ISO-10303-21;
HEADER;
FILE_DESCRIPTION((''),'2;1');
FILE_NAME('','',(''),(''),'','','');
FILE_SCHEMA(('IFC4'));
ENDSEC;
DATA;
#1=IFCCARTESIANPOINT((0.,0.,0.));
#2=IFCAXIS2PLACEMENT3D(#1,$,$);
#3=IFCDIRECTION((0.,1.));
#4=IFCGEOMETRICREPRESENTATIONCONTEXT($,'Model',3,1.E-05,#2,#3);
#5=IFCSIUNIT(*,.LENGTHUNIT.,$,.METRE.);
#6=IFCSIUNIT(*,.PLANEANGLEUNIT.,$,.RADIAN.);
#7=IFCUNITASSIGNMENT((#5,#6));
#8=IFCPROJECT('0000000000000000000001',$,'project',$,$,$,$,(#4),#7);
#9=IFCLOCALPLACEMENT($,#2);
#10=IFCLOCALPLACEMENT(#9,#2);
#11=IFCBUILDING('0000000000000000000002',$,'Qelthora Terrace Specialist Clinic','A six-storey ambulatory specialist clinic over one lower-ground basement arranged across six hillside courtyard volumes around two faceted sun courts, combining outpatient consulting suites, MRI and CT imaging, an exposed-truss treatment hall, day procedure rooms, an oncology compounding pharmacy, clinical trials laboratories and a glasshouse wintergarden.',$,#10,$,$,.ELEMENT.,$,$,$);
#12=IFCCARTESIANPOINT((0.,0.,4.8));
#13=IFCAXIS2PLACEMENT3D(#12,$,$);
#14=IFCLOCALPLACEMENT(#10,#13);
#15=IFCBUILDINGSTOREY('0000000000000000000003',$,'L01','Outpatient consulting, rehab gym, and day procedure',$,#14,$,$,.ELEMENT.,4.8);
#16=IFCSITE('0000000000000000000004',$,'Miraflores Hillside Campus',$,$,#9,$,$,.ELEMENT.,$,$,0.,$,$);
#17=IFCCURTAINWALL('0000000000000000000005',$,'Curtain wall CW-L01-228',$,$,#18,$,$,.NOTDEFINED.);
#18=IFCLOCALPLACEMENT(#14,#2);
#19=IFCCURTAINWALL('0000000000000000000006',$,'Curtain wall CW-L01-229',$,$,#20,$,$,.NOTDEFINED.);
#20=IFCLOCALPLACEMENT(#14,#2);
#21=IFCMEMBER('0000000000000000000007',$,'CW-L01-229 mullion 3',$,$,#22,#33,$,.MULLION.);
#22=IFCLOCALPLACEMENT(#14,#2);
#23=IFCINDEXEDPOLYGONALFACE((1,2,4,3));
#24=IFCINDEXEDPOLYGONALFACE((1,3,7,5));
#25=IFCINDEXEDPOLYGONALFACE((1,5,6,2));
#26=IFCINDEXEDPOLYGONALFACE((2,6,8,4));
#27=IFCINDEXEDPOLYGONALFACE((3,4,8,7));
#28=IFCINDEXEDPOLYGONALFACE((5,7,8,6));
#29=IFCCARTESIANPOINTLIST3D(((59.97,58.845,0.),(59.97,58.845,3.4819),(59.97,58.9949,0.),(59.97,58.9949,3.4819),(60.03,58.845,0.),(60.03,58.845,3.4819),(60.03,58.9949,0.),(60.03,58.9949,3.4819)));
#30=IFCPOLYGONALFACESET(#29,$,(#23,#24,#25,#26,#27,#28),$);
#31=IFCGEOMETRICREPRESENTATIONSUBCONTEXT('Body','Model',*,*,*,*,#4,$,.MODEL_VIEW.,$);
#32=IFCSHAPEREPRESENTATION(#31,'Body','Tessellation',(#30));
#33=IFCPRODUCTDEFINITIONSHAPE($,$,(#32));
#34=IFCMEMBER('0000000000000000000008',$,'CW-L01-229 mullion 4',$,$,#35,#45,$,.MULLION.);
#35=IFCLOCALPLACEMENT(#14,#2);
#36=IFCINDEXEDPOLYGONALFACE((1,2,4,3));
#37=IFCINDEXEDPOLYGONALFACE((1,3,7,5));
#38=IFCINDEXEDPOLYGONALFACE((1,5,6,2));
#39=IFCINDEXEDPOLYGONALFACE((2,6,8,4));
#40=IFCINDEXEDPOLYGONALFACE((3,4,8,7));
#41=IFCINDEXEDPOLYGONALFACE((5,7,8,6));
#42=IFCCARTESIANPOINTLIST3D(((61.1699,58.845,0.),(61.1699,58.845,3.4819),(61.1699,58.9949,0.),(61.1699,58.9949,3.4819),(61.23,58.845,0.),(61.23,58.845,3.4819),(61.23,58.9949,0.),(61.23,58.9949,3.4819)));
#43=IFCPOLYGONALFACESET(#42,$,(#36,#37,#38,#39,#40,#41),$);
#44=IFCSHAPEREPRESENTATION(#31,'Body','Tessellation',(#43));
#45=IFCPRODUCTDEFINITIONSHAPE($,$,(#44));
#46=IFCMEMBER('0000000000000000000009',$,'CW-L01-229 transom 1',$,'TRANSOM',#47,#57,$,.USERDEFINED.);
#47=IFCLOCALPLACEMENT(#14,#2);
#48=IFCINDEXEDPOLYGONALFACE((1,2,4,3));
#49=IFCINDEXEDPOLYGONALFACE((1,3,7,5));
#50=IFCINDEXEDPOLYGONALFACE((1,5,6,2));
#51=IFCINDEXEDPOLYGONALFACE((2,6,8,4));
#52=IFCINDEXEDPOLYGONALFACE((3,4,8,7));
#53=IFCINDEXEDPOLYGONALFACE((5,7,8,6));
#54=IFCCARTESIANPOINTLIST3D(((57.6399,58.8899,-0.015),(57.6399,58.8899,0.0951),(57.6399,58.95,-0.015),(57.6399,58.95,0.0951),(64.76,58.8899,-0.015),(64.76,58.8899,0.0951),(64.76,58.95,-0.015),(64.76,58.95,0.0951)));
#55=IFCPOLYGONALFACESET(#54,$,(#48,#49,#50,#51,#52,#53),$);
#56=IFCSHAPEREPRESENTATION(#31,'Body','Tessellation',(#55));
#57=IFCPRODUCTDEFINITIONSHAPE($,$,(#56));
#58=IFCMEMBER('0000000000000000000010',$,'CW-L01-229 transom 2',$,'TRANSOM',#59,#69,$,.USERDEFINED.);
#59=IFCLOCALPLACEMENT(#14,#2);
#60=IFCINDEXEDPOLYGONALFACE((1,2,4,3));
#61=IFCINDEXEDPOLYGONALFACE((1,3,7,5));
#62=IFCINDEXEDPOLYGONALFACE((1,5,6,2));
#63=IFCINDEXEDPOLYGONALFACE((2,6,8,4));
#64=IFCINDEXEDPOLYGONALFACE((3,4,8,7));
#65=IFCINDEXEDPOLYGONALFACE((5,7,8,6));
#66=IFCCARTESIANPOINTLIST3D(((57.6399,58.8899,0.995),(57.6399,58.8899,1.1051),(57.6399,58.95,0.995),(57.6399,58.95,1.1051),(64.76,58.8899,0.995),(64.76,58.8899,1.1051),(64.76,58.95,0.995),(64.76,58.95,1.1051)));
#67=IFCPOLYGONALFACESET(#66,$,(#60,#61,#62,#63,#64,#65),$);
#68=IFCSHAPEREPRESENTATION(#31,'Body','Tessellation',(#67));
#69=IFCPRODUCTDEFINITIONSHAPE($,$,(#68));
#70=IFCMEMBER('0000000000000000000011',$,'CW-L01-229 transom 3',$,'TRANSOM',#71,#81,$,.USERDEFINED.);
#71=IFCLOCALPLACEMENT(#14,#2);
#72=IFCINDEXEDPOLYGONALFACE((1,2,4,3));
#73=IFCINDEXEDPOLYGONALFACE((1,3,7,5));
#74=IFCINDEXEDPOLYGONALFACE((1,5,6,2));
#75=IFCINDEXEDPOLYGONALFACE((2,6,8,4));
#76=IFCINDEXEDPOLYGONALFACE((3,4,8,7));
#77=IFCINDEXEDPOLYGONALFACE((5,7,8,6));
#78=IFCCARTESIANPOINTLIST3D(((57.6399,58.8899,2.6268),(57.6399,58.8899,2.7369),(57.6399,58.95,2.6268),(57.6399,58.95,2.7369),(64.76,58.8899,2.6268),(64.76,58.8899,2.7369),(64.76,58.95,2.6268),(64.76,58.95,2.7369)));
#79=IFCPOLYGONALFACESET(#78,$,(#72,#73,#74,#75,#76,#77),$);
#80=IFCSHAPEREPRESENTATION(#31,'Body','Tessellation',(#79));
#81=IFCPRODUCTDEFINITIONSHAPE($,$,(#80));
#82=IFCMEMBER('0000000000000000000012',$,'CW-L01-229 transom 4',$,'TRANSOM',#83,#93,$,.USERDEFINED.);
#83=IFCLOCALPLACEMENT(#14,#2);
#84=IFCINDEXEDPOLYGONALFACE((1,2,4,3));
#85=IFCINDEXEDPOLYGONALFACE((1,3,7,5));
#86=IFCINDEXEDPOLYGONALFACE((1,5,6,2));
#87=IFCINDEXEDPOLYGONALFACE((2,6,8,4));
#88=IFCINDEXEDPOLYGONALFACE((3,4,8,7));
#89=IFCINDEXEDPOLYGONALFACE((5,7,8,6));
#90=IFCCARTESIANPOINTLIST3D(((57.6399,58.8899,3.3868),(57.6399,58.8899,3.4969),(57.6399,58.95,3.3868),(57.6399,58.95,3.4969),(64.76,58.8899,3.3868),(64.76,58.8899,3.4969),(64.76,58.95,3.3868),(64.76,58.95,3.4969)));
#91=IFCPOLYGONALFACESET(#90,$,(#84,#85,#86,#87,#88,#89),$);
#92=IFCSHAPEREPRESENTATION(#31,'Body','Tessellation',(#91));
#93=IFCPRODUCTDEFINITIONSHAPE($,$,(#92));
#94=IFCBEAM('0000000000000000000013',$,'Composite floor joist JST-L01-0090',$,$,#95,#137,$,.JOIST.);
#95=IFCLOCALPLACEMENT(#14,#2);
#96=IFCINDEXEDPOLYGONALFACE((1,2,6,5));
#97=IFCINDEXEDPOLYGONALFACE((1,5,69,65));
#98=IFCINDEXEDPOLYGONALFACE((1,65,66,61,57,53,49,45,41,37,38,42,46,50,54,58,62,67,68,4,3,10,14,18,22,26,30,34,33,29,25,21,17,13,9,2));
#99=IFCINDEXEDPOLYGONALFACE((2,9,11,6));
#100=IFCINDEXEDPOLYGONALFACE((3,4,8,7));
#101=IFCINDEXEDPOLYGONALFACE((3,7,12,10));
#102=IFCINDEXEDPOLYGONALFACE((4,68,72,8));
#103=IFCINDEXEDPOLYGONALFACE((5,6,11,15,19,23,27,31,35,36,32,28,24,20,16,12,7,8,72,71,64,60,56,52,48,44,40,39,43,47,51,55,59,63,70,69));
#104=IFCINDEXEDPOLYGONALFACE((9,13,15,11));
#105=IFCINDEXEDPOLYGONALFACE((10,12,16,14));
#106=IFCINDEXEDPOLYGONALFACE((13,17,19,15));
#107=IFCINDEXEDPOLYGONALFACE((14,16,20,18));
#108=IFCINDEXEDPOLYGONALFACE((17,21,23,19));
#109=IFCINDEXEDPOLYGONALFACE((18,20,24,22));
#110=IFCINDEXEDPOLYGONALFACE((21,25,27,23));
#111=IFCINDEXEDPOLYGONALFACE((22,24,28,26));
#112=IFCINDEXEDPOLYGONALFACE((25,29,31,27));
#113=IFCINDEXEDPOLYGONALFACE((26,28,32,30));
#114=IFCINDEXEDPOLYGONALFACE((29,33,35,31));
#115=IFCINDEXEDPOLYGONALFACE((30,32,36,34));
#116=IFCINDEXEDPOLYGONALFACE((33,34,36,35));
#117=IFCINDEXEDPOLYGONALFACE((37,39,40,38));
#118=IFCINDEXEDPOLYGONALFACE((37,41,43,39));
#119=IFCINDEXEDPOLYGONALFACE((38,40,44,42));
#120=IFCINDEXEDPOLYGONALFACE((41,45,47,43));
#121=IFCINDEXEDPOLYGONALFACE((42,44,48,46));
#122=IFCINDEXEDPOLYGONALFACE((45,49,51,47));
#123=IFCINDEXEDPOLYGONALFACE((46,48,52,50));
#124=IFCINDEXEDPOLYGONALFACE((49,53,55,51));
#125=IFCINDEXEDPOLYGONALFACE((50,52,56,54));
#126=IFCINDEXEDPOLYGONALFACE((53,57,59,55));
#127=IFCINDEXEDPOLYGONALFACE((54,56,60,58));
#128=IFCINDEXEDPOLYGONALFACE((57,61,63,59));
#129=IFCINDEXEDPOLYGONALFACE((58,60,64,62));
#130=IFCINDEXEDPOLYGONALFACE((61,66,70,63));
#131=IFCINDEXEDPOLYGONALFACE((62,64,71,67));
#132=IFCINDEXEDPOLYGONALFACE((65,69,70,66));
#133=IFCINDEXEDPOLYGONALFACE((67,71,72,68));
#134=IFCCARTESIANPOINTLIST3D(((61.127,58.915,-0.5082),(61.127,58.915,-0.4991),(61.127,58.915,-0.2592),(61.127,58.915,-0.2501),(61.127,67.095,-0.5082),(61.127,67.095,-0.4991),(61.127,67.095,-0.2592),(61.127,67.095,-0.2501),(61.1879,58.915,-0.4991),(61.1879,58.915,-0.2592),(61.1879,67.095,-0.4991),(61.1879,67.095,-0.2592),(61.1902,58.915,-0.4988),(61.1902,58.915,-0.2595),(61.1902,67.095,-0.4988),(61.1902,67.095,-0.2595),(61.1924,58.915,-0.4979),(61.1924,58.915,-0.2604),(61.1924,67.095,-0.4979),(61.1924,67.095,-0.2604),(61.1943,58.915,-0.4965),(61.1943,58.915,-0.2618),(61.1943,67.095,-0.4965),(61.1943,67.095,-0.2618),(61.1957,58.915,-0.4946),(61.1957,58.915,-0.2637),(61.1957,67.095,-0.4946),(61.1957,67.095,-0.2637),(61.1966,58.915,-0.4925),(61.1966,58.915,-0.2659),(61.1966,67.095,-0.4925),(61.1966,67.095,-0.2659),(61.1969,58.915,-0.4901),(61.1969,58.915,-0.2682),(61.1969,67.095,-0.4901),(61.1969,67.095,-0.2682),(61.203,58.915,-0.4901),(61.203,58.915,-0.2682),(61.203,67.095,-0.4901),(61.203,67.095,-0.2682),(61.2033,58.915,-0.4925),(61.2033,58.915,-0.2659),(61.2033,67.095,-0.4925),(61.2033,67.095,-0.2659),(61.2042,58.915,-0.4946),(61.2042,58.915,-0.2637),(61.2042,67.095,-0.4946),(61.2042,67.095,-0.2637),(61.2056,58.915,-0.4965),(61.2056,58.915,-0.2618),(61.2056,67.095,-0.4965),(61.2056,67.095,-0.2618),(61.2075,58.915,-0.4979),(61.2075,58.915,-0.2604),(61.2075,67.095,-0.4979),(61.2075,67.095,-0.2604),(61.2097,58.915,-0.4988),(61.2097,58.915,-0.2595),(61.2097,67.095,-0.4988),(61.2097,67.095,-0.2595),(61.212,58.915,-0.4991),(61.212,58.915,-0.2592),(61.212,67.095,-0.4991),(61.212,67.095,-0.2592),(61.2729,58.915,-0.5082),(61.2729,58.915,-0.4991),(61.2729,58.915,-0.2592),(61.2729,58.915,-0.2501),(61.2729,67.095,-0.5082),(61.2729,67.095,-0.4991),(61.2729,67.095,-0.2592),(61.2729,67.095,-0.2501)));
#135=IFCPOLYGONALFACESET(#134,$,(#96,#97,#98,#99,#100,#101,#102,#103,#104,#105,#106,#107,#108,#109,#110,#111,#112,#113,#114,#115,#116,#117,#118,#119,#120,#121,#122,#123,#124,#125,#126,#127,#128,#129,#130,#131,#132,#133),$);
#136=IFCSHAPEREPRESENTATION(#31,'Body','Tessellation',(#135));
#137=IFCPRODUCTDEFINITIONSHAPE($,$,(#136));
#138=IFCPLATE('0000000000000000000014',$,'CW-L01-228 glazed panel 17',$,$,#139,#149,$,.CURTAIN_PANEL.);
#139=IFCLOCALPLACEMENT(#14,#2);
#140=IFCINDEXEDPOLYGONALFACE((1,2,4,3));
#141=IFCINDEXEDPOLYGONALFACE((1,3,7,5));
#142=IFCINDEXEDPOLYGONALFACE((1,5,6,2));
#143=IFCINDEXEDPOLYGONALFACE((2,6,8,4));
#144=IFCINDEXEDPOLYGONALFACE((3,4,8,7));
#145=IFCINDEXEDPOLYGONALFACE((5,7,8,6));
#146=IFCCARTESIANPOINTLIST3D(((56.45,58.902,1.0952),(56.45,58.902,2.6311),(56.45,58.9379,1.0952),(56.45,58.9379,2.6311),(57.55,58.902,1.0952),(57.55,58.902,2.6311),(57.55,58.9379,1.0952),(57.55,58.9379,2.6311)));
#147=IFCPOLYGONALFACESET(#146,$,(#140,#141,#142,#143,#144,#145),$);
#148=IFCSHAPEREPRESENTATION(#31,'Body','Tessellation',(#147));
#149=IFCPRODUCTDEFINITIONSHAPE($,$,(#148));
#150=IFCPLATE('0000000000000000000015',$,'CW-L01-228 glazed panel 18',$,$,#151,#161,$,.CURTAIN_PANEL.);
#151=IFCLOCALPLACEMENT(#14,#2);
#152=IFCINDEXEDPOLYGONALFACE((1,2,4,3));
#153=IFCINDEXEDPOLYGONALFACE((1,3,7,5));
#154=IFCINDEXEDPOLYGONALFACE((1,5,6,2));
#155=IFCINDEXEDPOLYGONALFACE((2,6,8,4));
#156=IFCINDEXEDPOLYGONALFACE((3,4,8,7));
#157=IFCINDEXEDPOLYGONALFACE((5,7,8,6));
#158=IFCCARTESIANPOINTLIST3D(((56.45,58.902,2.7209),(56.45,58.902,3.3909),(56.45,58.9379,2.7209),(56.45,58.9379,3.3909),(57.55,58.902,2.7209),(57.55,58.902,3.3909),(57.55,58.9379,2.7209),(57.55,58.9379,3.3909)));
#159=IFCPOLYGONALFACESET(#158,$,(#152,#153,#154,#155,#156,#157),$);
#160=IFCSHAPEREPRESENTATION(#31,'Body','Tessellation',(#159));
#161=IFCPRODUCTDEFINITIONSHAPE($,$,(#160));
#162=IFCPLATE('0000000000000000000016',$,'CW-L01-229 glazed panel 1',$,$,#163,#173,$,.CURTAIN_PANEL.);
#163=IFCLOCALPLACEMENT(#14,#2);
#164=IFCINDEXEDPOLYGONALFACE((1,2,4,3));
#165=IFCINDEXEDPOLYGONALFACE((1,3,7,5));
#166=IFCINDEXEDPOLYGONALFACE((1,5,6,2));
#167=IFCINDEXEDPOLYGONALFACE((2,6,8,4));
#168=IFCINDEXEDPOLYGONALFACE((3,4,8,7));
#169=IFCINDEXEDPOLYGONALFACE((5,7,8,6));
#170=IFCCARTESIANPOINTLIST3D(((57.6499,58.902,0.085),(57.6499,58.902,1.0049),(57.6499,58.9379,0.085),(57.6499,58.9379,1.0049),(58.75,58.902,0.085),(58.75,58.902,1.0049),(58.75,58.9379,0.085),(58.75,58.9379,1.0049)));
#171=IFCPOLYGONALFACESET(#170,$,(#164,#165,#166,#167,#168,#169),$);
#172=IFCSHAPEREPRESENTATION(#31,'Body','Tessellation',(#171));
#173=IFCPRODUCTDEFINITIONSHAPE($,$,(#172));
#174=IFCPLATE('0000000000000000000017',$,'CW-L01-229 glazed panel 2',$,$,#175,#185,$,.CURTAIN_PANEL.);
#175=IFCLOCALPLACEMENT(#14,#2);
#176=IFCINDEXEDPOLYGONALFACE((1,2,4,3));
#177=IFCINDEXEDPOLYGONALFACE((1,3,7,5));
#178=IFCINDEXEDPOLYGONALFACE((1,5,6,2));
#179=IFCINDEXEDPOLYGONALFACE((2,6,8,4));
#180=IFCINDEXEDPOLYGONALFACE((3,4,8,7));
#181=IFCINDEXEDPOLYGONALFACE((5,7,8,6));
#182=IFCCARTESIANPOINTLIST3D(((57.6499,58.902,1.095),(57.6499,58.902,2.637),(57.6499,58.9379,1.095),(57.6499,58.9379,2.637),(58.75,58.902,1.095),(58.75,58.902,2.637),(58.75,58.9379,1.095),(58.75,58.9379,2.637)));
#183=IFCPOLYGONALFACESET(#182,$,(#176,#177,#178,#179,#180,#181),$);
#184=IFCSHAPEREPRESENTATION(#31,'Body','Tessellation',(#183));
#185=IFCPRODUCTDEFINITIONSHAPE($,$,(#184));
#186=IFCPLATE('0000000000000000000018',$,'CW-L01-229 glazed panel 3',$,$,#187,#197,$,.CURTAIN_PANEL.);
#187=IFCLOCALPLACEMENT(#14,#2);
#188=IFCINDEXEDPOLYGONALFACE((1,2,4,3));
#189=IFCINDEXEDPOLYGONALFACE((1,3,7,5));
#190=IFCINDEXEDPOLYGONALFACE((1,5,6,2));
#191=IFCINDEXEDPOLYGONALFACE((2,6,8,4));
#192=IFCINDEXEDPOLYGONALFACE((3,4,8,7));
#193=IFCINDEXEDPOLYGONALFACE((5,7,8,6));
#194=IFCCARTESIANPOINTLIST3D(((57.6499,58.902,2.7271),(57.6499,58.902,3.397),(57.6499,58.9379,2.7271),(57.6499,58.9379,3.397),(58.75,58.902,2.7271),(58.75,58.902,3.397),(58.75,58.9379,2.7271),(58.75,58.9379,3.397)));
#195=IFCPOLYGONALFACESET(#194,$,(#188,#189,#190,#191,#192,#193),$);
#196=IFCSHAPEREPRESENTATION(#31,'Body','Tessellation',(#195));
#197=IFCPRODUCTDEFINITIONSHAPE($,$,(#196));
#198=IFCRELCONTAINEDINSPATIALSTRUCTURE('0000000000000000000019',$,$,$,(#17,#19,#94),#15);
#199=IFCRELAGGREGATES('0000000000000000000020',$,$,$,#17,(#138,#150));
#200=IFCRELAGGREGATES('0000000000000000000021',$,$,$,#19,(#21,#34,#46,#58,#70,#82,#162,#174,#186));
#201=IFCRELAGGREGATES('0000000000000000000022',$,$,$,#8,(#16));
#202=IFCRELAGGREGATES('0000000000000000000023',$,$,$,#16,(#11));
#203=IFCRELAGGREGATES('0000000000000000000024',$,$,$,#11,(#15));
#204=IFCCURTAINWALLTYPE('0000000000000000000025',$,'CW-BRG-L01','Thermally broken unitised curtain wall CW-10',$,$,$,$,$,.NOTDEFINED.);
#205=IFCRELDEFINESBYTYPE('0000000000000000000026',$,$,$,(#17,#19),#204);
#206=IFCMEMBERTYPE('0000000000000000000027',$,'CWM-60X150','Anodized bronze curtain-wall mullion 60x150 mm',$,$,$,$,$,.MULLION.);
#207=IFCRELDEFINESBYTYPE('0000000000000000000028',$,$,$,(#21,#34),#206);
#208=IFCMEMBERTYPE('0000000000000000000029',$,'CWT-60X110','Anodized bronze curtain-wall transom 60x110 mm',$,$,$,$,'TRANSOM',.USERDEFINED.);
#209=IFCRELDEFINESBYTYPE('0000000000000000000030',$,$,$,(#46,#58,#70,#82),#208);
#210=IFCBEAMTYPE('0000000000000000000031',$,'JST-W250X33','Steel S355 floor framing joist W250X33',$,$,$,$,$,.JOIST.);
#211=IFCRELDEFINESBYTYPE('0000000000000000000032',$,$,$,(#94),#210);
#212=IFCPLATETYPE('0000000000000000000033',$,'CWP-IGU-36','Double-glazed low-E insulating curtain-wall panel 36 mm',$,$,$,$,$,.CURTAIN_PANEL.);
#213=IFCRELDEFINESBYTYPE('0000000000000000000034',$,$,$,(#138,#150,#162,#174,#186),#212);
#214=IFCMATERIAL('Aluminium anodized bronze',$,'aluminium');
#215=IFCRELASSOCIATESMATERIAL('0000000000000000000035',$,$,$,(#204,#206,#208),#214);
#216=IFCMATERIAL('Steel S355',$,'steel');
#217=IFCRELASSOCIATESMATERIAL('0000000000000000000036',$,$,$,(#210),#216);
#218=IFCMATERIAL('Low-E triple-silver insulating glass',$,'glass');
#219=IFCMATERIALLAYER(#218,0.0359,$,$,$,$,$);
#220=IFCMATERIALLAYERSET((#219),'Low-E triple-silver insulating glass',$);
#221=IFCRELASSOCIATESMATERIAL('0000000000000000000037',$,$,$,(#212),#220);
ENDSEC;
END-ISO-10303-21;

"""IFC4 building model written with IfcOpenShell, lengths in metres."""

from ifc_helpers import new_model, si_unit, direction, frame, origin, origin_2d, place, context, subcontext, project, spatial, rectangle, i_section, extrude, material, layer, layer_set, material_profile, profile_set, type_object, element, aggregate, save


model = new_model("IFC4")

# Units and contexts
model_context = context("Model", 3, precision=1e-05, world=origin(), true_north=direction((0.0, 1.0)))
body_context = subcontext(model_context, "Body", "Model", "MODEL_VIEW")
ifc_project = project(units=[si_unit("LENGTHUNIT", "METRE"), si_unit("PLANEANGLEUNIT", "RADIAN")], contexts=[model_context])

# Site, building, storey
site_placement = place(None, origin())
site = spatial("IfcSite", under=ifc_project, at=site_placement, Name="Miraflores Hillside Campus", CompositionType="ELEMENT", RefElevation=0.0)
building_placement = place(site_placement, origin())
building = spatial("IfcBuilding", under=site, at=building_placement, Name="Qelthora Terrace Specialist Clinic", Description="A six-storey ambulatory specialist clinic over one lower-ground basement arranged across six hillside courtyard volumes around two faceted sun courts, combining outpatient consulting suites, MRI and CT imaging, an exposed-truss treatment hall, day procedure rooms, an oncology compounding pharmacy, clinical trials laboratories and a glasshouse wintergarden.", CompositionType="ELEMENT")
storey_placement = place(building_placement, frame((0.0, 0.0, 4.8)))
storey = spatial("IfcBuildingStorey", under=building, at=storey_placement, Name="L01", Description="Outpatient consulting, rehab gym, and day procedure", CompositionType="ELEMENT", Elevation=4.8)

# Shared definitions
ifc_material_1 = material(Name="Steel S355", Category="steel")

# Curtain wall
ifc_material_2 = material(Name="Aluminium anodized bronze", Category="aluminium")
curtain_wall_type = type_object("IfcCurtainWallType", Name="CW-BRG-L01", Description="Thermally broken unitised curtain wall CW-10", PredefinedType="NOTDEFINED", material=ifc_material_2)
curtain_wall_1_placement = place(storey_placement, origin())
curtain_wall_1 = element("IfcCurtainWall", 1, at=curtain_wall_1_placement, inside=storey, type_object=curtain_wall_type, Name="Curtain wall CW-L01-228", PredefinedType="NOTDEFINED")
ifc_material_profile_1 = material_profile(ifc_material_2, rectangle(XDim=0.0601, YDim=0.1499, at=origin_2d()), Name="CWM60X150")
ifc_profile_set_1 = profile_set([ifc_material_profile_1], Name="Aluminium anodized bronze")
member_type_1 = type_object("IfcMemberType", Name="CWM-60X150", Description="Anodized bronze curtain-wall mullion 60x150 mm", PredefinedType="MULLION", material=ifc_profile_set_1)

# Curtain wall, members
curtain_wall_2_placement = place(storey_placement, origin())
curtain_wall_2 = element("IfcCurtainWall", 2, at=curtain_wall_2_placement, inside=storey, type_object=curtain_wall_type, Name="Curtain wall CW-L01-229", PredefinedType="NOTDEFINED")
member_1_placement = place(storey_placement, frame((60.0, 58.9199, 0.0), z_axis=(0.0, 0.0, 1.0), x_axis=(1.0, 0.0, 0.0)))
member_1 = element("IfcMember", 3, at=member_1_placement, type_object=member_type_1, Name="CW-L01-229 mullion 3", PredefinedType="MULLION", context=body_context, shape_type="SweptSolid", body=[
    extrude(rectangle(XDim=0.0601, YDim=0.1499, at=origin_2d()), origin(), (0.0, 0.0, 1.0), 3.4819),
])
member_2_placement = place(storey_placement, frame((61.2, 58.9199, 0.0), z_axis=(0.0, 0.0, 1.0), x_axis=(1.0, 0.0, 0.0)))
member_2 = element("IfcMember", 4, at=member_2_placement, type_object=member_type_1, Name="CW-L01-229 mullion 4", PredefinedType="MULLION", context=body_context, shape_type="SweptSolid", body=[
    extrude(rectangle(XDim=0.0601, YDim=0.1499, at=origin_2d()), origin(), (0.0, 0.0, 1.0), 3.4819),
])
ifc_material_profile_2 = material_profile(ifc_material_2, rectangle(XDim=0.0601, YDim=0.1101, at=origin_2d()), Name="CWT60X110")
ifc_profile_set_2 = profile_set([ifc_material_profile_2], Name="Aluminium anodized bronze")
member_type_2 = type_object("IfcMemberType", Name="CWT-60X110", Description="Anodized bronze curtain-wall transom 60x110 mm", ElementType="TRANSOM", PredefinedType="USERDEFINED", material=ifc_profile_set_2)
member_3_placement = place(storey_placement, frame((57.6399, 58.9199, 0.04), z_axis=(1.0, 0.0, 0.0), x_axis=(0.0, 1.0, 0.0)))
member_3 = element("IfcMember", 5, at=member_3_placement, type_object=member_type_2, Name="CW-L01-229 transom 1", ObjectType="TRANSOM", PredefinedType="USERDEFINED", context=body_context, shape_type="SweptSolid", body=[
    extrude(rectangle(XDim=0.0601, YDim=0.1101, at=origin_2d()), origin(), (0.0, 0.0, 1.0), 7.1201),
])
member_4_placement = place(storey_placement, frame((57.6399, 58.9199, 1.05), z_axis=(1.0, 0.0, 0.0), x_axis=(0.0, 1.0, 0.0)))
member_4 = element("IfcMember", 6, at=member_4_placement, type_object=member_type_2, Name="CW-L01-229 transom 2", ObjectType="TRANSOM", PredefinedType="USERDEFINED", context=body_context, shape_type="SweptSolid", body=[
    extrude(rectangle(XDim=0.0601, YDim=0.1101, at=origin_2d()), origin(), (0.0, 0.0, 1.0), 7.1201),
])
member_5_placement = place(storey_placement, frame((57.6399, 58.9199, 2.6819), z_axis=(1.0, 0.0, 0.0), x_axis=(0.0, 1.0, 0.0)))
member_5 = element("IfcMember", 7, at=member_5_placement, type_object=member_type_2, Name="CW-L01-229 transom 3", ObjectType="TRANSOM", PredefinedType="USERDEFINED", context=body_context, shape_type="SweptSolid", body=[
    extrude(rectangle(XDim=0.0601, YDim=0.1101, at=origin_2d()), origin(), (0.0, 0.0, 1.0), 7.1201),
])
member_6_placement = place(storey_placement, frame((57.6399, 58.9199, 3.4419), z_axis=(1.0, 0.0, 0.0), x_axis=(0.0, 1.0, 0.0)))
member_6 = element("IfcMember", 8, at=member_6_placement, type_object=member_type_2, Name="CW-L01-229 transom 4", ObjectType="TRANSOM", PredefinedType="USERDEFINED", context=body_context, shape_type="SweptSolid", body=[
    extrude(rectangle(XDim=0.0601, YDim=0.1101, at=origin_2d()), origin(), (0.0, 0.0, 1.0), 7.1201),
])

# Beam
ifc_material_profile_3 = material_profile(ifc_material_1, i_section(OverallWidth=0.146, OverallDepth=0.2581, WebThickness=0.0061, FlangeThickness=0.009, FilletRadius=0.009, at=origin_2d()), Name="W250X33")
ifc_profile_set_3 = profile_set([ifc_material_profile_3], Name="Steel S355")
beam_type_1 = type_object("IfcBeamType", Name="JST-W250X33", Description="Steel S355 floor framing joist W250X33", PredefinedType="JOIST", material=ifc_profile_set_3)
beam_1_placement = place(storey_placement, frame((61.2, 58.915, -0.3792), z_axis=(0.0, 1.0, 0.0), x_axis=(-1.0, 0.0, 0.0)))
element("IfcBeam", 9, at=beam_1_placement, inside=storey, type_object=beam_type_1, Name="Composite floor joist JST-L01-0090", PredefinedType="JOIST", context=body_context, shape_type="SweptSolid", body=[
    extrude(i_section(OverallWidth=0.146, OverallDepth=0.2581, WebThickness=0.0061, FlangeThickness=0.009, FilletRadius=0.009, at=origin_2d()), origin(), (0.0, 0.0, 1.0), 8.1799),
])

# Plates
ifc_material_3 = material(Name="Low-E triple-silver insulating glass", Category="glass")
ifc_layer = layer(ifc_material_3, 0.0359)
ifc_layer_set = layer_set([ifc_layer], Name="Low-E triple-silver insulating glass")
plate_type = type_object("IfcPlateType", Name="CWP-IGU-36", Description="Double-glazed low-E insulating curtain-wall panel 36 mm", PredefinedType="CURTAIN_PANEL", material=ifc_layer_set)
plate_1_placement = place(storey_placement, frame((57.0, 58.9199, 1.0952), z_axis=(0.0, 0.0, 1.0), x_axis=(1.0, 0.0, 0.0)))
plate_1 = element("IfcPlate", 10, at=plate_1_placement, type_object=plate_type, Name="CW-L01-228 glazed panel 17", PredefinedType="CURTAIN_PANEL", context=body_context, shape_type="SweptSolid", body=[
    extrude(rectangle(XDim=1.1001, YDim=0.0359, at=origin_2d()), origin(), (0.0, 0.0, 1.0), 1.5359),
])
plate_2_placement = place(storey_placement, frame((57.0, 58.9199, 2.7209), z_axis=(0.0, 0.0, 1.0), x_axis=(1.0, 0.0, 0.0)))
plate_2 = element("IfcPlate", 11, at=plate_2_placement, type_object=plate_type, Name="CW-L01-228 glazed panel 18", PredefinedType="CURTAIN_PANEL", context=body_context, shape_type="SweptSolid", body=[
    extrude(rectangle(XDim=1.1001, YDim=0.0359, at=origin_2d()), origin(), (0.0, 0.0, 1.0), 0.6699),
])
aggregate(curtain_wall_1, [plate_1, plate_2])
plate_3_placement = place(storey_placement, frame((58.2, 58.9199, 0.085), z_axis=(0.0, 0.0, 1.0), x_axis=(1.0, 0.0, 0.0)))
plate_3 = element("IfcPlate", 12, at=plate_3_placement, type_object=plate_type, Name="CW-L01-229 glazed panel 1", PredefinedType="CURTAIN_PANEL", context=body_context, shape_type="SweptSolid", body=[
    extrude(rectangle(XDim=1.1001, YDim=0.0359, at=origin_2d()), origin(), (0.0, 0.0, 1.0), 0.9199),
])
plate_4_placement = place(storey_placement, frame((58.2, 58.9199, 1.095), z_axis=(0.0, 0.0, 1.0), x_axis=(1.0, 0.0, 0.0)))
plate_4 = element("IfcPlate", 13, at=plate_4_placement, type_object=plate_type, Name="CW-L01-229 glazed panel 2", PredefinedType="CURTAIN_PANEL", context=body_context, shape_type="SweptSolid", body=[
    extrude(rectangle(XDim=1.1001, YDim=0.0359, at=origin_2d()), origin(), (0.0, 0.0, 1.0), 1.542),
])
plate_5_placement = place(storey_placement, frame((58.2, 58.9199, 2.7271), z_axis=(0.0, 0.0, 1.0), x_axis=(1.0, 0.0, 0.0)))
plate_5 = element("IfcPlate", 14, at=plate_5_placement, type_object=plate_type, Name="CW-L01-229 glazed panel 3", PredefinedType="CURTAIN_PANEL", context=body_context, shape_type="SweptSolid", body=[
    extrude(rectangle(XDim=1.1001, YDim=0.0359, at=origin_2d()), origin(), (0.0, 0.0, 1.0), 0.6699),
])
aggregate(curtain_wall_2, [member_1, member_2, member_3, member_4, member_5, member_6, plate_3, plate_4, plate_5])

save(model, "model.ifc")
